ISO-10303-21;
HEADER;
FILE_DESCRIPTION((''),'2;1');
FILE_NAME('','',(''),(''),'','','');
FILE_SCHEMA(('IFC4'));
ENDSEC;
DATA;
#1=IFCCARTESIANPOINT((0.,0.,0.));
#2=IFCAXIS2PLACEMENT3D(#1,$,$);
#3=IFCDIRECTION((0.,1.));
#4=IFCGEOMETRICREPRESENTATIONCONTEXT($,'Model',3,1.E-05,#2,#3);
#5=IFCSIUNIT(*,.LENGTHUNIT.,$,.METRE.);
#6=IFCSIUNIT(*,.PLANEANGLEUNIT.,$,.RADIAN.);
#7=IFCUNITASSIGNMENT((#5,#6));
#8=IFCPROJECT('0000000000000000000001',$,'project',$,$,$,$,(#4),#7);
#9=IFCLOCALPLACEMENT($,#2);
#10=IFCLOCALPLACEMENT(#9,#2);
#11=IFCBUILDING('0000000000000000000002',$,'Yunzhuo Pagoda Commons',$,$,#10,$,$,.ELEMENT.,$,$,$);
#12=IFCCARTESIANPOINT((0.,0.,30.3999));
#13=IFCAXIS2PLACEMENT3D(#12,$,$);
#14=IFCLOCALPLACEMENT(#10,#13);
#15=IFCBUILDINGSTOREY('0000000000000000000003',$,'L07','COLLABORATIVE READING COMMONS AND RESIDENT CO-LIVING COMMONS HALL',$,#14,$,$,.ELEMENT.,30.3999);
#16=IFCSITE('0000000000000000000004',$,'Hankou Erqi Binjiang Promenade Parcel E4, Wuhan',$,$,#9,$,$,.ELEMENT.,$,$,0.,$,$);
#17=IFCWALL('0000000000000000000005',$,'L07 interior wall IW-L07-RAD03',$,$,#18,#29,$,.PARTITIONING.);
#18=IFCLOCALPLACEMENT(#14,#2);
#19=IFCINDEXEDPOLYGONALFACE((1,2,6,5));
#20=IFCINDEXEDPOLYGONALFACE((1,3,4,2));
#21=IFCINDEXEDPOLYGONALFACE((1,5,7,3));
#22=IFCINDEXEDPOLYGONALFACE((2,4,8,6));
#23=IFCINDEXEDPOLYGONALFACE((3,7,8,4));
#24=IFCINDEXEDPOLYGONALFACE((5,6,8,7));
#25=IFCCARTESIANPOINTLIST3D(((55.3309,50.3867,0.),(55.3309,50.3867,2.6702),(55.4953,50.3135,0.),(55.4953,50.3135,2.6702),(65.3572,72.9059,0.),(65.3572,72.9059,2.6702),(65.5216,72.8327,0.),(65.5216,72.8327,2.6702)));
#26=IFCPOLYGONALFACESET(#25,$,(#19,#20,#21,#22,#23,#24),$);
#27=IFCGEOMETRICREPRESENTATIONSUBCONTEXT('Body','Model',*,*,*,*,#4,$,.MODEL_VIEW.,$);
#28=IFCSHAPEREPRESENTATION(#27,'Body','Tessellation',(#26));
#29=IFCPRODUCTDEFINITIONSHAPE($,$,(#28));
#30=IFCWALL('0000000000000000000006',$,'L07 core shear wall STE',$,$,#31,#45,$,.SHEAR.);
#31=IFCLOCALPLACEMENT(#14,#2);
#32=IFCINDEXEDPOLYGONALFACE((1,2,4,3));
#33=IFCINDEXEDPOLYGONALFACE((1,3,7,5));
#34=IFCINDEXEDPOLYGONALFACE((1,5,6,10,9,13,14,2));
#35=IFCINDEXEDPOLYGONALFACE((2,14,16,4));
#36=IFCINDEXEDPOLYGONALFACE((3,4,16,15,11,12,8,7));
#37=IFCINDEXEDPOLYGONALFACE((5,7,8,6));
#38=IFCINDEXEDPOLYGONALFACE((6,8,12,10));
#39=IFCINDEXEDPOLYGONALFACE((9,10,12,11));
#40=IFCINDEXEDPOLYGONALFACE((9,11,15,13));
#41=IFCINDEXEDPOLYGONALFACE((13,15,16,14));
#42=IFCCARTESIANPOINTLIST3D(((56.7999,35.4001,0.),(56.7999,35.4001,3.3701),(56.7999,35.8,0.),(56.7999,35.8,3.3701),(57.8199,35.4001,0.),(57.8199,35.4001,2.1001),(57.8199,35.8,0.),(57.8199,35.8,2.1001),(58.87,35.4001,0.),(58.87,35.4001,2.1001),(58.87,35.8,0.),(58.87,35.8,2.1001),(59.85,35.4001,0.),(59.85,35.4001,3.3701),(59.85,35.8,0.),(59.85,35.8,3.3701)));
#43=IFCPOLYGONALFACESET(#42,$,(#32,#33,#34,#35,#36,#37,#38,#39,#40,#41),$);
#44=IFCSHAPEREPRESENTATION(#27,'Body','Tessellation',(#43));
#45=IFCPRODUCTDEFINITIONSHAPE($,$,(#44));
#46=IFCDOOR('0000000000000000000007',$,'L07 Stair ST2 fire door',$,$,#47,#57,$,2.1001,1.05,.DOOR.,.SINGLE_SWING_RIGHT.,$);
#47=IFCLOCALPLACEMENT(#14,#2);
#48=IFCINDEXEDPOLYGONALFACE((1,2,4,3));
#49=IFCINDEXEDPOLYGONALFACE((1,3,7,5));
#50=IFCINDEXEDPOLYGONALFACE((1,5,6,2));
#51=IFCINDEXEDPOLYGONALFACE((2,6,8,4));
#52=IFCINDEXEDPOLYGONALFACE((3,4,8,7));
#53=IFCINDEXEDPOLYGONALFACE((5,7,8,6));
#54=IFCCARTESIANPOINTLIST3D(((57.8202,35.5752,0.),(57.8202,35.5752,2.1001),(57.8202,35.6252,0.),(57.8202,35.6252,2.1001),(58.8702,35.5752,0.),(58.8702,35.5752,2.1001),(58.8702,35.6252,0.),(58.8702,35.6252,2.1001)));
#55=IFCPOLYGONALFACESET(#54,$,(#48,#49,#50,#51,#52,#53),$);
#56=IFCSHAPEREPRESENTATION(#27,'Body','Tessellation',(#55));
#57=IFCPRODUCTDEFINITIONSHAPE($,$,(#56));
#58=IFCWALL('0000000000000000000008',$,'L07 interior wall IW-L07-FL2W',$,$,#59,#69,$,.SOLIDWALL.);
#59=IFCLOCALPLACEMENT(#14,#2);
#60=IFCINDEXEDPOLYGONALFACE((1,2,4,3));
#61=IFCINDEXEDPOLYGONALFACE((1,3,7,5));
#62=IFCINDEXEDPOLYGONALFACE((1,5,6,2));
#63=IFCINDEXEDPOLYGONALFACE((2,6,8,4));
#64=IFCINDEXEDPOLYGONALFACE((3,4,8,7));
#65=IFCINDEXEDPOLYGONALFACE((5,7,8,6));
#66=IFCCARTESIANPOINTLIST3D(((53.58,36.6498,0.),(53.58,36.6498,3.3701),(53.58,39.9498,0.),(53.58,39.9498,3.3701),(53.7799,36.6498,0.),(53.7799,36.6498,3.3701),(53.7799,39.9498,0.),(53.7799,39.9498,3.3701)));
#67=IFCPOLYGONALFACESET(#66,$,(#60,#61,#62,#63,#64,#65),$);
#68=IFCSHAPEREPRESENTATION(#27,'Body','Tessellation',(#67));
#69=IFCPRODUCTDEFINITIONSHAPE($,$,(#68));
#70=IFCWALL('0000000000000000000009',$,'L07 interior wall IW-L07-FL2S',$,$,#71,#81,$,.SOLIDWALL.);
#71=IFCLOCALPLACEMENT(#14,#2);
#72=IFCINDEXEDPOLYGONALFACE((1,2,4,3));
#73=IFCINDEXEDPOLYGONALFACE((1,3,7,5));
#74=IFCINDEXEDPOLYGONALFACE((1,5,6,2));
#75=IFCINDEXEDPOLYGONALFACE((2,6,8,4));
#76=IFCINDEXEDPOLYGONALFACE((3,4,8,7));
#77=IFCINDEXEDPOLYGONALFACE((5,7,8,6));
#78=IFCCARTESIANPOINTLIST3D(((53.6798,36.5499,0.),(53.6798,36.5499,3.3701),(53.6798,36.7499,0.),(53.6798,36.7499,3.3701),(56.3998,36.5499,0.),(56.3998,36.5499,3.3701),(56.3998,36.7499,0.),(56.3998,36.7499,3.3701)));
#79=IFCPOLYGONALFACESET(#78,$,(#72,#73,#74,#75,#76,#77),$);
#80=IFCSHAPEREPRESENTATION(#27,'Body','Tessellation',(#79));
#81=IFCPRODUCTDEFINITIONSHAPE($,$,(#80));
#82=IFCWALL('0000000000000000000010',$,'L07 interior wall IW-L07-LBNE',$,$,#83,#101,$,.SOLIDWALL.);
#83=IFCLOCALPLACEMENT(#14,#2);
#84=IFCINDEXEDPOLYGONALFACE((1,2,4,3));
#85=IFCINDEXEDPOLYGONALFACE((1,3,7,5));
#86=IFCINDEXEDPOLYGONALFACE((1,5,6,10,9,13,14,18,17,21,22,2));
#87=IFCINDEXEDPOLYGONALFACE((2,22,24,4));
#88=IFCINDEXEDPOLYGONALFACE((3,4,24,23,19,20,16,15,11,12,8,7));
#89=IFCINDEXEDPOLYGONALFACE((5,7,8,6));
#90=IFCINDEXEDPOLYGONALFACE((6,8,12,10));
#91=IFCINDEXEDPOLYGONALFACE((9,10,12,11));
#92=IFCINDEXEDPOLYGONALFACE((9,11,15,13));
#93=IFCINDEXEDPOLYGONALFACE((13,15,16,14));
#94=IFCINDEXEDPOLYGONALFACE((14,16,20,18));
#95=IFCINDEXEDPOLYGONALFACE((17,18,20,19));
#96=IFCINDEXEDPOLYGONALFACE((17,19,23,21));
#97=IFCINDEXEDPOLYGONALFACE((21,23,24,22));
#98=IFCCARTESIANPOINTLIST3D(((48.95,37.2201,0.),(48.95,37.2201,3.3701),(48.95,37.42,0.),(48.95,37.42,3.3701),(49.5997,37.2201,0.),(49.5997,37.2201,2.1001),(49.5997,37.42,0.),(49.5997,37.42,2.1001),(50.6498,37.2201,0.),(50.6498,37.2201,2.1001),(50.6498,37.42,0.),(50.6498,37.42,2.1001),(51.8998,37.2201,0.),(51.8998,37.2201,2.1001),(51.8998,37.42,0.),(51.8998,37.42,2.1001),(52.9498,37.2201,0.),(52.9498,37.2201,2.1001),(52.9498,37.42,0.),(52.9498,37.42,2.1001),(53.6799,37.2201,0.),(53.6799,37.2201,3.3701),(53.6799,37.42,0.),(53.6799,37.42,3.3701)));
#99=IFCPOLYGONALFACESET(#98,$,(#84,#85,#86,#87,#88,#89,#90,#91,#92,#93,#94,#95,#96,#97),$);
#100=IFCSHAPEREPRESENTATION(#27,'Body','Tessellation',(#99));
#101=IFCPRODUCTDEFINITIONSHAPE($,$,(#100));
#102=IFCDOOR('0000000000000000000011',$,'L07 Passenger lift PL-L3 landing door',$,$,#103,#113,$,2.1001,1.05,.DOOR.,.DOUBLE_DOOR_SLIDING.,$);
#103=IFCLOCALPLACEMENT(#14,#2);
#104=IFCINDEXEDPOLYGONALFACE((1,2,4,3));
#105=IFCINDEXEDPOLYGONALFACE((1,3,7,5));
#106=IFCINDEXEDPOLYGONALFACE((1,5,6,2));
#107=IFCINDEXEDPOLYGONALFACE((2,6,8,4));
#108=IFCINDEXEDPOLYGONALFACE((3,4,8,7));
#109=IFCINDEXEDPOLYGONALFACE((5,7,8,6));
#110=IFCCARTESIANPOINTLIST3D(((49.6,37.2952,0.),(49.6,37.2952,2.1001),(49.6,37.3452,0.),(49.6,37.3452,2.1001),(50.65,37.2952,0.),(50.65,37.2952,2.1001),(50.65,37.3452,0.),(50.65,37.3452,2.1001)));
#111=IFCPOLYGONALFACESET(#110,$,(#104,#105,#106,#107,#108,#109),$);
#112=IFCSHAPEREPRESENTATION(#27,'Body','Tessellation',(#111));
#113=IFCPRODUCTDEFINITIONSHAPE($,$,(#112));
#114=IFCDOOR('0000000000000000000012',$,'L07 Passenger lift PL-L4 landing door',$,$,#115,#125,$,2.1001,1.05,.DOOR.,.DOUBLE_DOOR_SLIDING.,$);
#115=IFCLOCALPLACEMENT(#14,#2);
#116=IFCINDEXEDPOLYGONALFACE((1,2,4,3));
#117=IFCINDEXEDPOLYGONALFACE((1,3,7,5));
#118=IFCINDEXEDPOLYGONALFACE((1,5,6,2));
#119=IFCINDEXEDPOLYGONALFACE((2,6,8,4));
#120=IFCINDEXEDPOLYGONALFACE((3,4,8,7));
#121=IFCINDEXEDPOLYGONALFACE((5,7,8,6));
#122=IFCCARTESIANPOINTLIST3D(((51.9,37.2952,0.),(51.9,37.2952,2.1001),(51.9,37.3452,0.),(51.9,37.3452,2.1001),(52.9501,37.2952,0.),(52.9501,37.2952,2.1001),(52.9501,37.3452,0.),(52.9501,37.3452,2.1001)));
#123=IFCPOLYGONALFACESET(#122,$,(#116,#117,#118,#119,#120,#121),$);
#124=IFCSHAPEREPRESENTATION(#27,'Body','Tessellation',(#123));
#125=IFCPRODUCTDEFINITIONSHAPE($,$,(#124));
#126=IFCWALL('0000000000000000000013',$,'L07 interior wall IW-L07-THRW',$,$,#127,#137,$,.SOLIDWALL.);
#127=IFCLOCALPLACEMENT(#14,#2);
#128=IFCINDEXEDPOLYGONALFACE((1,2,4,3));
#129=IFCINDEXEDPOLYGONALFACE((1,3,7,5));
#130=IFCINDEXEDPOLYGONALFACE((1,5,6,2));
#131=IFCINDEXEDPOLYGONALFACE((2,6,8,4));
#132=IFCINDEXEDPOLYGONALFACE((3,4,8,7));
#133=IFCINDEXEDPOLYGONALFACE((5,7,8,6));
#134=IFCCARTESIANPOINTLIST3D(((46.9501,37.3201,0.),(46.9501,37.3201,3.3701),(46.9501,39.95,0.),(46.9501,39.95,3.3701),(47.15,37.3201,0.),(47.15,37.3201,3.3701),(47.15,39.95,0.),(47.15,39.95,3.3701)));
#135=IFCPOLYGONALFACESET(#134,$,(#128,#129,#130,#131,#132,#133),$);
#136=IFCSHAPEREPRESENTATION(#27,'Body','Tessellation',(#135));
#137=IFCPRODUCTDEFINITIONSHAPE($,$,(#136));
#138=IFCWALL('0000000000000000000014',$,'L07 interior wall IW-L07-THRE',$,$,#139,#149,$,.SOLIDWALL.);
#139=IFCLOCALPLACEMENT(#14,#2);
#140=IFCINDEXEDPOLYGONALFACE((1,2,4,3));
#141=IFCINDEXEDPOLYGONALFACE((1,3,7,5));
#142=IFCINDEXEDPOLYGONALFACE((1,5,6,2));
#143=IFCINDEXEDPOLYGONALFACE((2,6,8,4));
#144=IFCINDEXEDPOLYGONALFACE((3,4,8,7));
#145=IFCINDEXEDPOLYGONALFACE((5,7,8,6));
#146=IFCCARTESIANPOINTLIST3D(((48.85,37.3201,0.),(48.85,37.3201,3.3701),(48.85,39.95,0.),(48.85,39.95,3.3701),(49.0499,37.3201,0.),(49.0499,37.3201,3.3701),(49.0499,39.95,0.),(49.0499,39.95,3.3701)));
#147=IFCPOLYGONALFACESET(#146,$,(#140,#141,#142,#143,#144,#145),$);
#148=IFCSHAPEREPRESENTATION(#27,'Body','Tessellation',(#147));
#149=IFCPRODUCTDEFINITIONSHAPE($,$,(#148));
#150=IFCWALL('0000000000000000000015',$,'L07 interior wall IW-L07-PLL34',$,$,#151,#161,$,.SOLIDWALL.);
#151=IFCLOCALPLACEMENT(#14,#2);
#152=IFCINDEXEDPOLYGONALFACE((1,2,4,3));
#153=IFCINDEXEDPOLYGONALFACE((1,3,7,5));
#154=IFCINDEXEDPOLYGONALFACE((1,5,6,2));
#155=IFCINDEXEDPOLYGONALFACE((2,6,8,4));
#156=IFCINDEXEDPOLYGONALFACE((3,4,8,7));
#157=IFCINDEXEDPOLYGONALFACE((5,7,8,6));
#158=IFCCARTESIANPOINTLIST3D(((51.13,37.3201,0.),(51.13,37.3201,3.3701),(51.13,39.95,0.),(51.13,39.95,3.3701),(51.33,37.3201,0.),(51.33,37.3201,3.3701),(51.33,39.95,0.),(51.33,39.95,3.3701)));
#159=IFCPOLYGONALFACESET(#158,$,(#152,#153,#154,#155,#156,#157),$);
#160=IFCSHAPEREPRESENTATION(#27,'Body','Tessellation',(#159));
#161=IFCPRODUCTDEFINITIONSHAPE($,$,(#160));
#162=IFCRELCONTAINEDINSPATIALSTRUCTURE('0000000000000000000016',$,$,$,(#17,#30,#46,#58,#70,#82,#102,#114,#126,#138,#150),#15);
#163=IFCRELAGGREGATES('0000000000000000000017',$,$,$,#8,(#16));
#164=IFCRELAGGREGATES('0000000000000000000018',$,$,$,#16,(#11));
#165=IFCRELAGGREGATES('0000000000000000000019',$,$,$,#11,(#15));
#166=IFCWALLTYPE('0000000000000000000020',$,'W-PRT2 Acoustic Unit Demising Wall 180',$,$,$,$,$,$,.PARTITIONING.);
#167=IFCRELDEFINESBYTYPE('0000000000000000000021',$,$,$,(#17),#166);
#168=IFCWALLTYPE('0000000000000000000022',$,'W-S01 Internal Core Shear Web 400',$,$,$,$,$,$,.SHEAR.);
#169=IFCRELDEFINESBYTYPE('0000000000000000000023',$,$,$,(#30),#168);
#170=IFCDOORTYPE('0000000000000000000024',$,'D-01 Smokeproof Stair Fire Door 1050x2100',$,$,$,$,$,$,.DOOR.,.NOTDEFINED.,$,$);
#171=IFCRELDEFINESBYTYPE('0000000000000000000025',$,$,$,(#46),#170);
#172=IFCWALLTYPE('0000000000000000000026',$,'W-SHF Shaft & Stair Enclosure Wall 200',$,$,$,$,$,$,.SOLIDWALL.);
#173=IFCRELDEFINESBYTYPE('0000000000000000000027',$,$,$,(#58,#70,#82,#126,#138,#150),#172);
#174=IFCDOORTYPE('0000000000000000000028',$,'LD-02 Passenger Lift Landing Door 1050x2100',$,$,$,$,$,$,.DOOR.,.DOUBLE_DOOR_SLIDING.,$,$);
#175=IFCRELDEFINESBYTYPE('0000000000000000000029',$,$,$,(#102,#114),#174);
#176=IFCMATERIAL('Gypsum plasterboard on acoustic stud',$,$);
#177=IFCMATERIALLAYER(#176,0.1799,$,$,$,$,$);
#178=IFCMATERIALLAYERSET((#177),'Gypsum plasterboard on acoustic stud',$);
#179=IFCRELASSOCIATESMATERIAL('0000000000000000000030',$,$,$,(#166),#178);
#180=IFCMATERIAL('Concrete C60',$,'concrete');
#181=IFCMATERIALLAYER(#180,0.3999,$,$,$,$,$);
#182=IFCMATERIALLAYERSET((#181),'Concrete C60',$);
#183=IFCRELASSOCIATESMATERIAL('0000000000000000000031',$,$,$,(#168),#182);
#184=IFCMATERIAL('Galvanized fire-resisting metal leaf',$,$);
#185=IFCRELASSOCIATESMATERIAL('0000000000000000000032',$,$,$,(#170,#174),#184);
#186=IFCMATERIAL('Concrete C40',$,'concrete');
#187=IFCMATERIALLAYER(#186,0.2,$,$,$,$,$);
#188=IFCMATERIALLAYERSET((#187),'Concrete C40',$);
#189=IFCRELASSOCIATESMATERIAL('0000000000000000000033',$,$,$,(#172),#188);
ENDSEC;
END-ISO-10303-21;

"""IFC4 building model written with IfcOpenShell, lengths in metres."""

from ifc_helpers import new_model, si_unit, direction, frame, frame_2d, origin, place, context, subcontext, project, spatial, rectangle, extrude, source, transform, mapped, material, layer, layer_set, type_object, element, fill, save


model = new_model("IFC4")

# Units and contexts
model_context = context("Model", 3, precision=1e-05, world=origin(), true_north=direction((0.0, 1.0)))
body_context = subcontext(model_context, "Body", "Model", "MODEL_VIEW")
ifc_project = project(units=[si_unit("LENGTHUNIT", "METRE"), si_unit("PLANEANGLEUNIT", "RADIAN")], contexts=[model_context])

# Site, building, storey
site_placement = place(None, origin())
site = spatial("IfcSite", under=ifc_project, at=site_placement, Name="Hankou Erqi Binjiang Promenade Parcel E4, Wuhan", CompositionType="ELEMENT", RefElevation=0.0)
building_placement = place(site_placement, origin())
building = spatial("IfcBuilding", under=site, at=building_placement, Name="Yunzhuo Pagoda Commons", CompositionType="ELEMENT")
storey_placement = place(building_placement, frame((0.0, 0.0, 30.3999)))
storey = spatial("IfcBuildingStorey", under=building, at=storey_placement, Name="L07", Description="COLLABORATIVE READING COMMONS AND RESIDENT CO-LIVING COMMONS HALL", CompositionType="ELEMENT", Elevation=30.3999)

# Shared definitions
ifc_material_1 = material(Name="Concrete C60", Category="concrete")
ifc_material_2 = material(Name="Galvanized fire-resisting metal leaf")
shared_shape_1 = source(origin(), body_context, "Body", "SweptSolid", [
    extrude(rectangle(XDim=1.05, YDim=2.1001, at=frame_2d((0.5249, 1.05))), frame((0.0, 0.0249, 0.0), z_axis=(0.0, -1.0, 0.0), x_axis=(1.0, 0.0, 0.0)), (0.0, 0.0, 1.0), 0.05),
])

# Shared definitions
ifc_material_3 = material(Name="Gypsum plasterboard on acoustic stud")

# Wall
ifc_layer_1 = layer(ifc_material_3, 0.1799)
ifc_layer_set_1 = layer_set([ifc_layer_1], Name="Gypsum plasterboard on acoustic stud")
wall_type_1 = type_object("IfcWallType", Name="W-PRT2 Acoustic Unit Demising Wall 180", PredefinedType="PARTITIONING", material=ifc_layer_set_1)
wall_1_placement = place(storey_placement, frame((55.4131, 50.3501, 0.0), z_axis=(0.0, 0.0, 1.0), x_axis=(0.406741, 0.913543, 0.0)))
element("IfcWall", 1, at=wall_1_placement, inside=storey, type_object=wall_type_1, Name="L07 interior wall IW-L07-RAD03", PredefinedType="PARTITIONING", context=body_context, shape_type="SweptSolid", body=[
    extrude(rectangle(XDim=24.6504, YDim=0.1799, at=frame_2d((12.3252, 0.0))), origin(), (0.0, 0.0, 1.0), 2.6702),
])

# Wall, opening, door
ifc_layer_2 = layer(ifc_material_1, 0.3999)
ifc_layer_set_2 = layer_set([ifc_layer_2], Name="Concrete C60")
wall_type_2 = type_object("IfcWallType", Name="W-S01 Internal Core Shear Web 400", PredefinedType="SHEAR", material=ifc_layer_set_2)
wall_2_placement = place(storey_placement, frame((56.8, 35.6001, 0.0), z_axis=(0.0, 0.0, 1.0), x_axis=(1.0, 0.0, 0.0)))
wall_2 = element("IfcWall", 2, at=wall_2_placement, inside=storey, type_object=wall_type_2, Name="L07 core shear wall STE", PredefinedType="SHEAR", context=body_context, shape_type="SweptSolid", body=[
    extrude(rectangle(XDim=3.05, YDim=0.3999, at=frame_2d((1.5249, 0.0))), origin(), (0.0, 0.0, 1.0), 3.3701),
])
opening_1_placement = place(wall_2_placement, frame((1.02, 0.0, 0.0)))
opening_1 = element("IfcOpeningElement", 3, at=opening_1_placement, cuts=wall_2, PredefinedType="OPENING", context=body_context, shape_type="SweptSolid", body=[
    extrude(rectangle(XDim=1.05, YDim=2.1001, at=frame_2d((0.5249, 1.05))), frame((0.0, 0.21, 0.0), z_axis=(0.0, -1.0, 0.0), x_axis=(1.0, 0.0, 0.0)), (0.0, 0.0, 1.0), 0.4199),
])
door_type_1 = type_object("IfcDoorType", Name="D-01 Smokeproof Stair Fire Door 1050x2100", OperationType="NOTDEFINED", PredefinedType="DOOR", material=ifc_material_2)
door_1_placement = place(opening_1_placement, frame((1.05, 0.0, 0.0), z_axis=(0.0, 0.0, 1.0), x_axis=(-1.0, 0.0, 0.0)))
door_1 = element("IfcDoor", 4, at=door_1_placement, inside=storey, type_object=door_type_1, Name="L07 Stair ST2 fire door", OperationType="SINGLE_SWING_RIGHT", OverallHeight=2.1001, OverallWidth=1.05, PredefinedType="DOOR", context=body_context, shape_type="MappedRepresentation", body=[
    mapped(shared_shape_1, transform((0.0, 0.0, 0.0), scale=1.0)),
])
fill(opening_1, door_1)

# Walls
ifc_material_4 = material(Name="Concrete C40", Category="concrete")
ifc_layer_3 = layer(ifc_material_4, 0.2)
ifc_layer_set_3 = layer_set([ifc_layer_3], Name="Concrete C40")
wall_type_3 = type_object("IfcWallType", Name="W-SHF Shaft & Stair Enclosure Wall 200", PredefinedType="SOLIDWALL", material=ifc_layer_set_3)
wall_3_placement = place(storey_placement, frame((53.6799, 36.6499, 0.0), z_axis=(0.0, 0.0, 1.0), x_axis=(0.0, 1.0, 0.0)))
element("IfcWall", 5, at=wall_3_placement, inside=storey, type_object=wall_type_3, Name="L07 interior wall IW-L07-FL2W", PredefinedType="SOLIDWALL", context=body_context, shape_type="SweptSolid", body=[
    extrude(rectangle(XDim=3.3, YDim=0.2, at=frame_2d((1.6499, 0.0))), origin(), (0.0, 0.0, 1.0), 3.3701),
])
wall_4_placement = place(storey_placement, frame((53.6799, 36.6499, 0.0), z_axis=(0.0, 0.0, 1.0), x_axis=(1.0, 0.0, 0.0)))
element("IfcWall", 6, at=wall_4_placement, inside=storey, type_object=wall_type_3, Name="L07 interior wall IW-L07-FL2S", PredefinedType="SOLIDWALL", context=body_context, shape_type="SweptSolid", body=[
    extrude(rectangle(XDim=2.72, YDim=0.2, at=frame_2d((1.3599, 0.0))), origin(), (0.0, 0.0, 1.0), 3.3701),
])

# Wall, openings, doors
wall_5_placement = place(storey_placement, frame((48.95, 37.3201, 0.0), z_axis=(0.0, 0.0, 1.0), x_axis=(1.0, 0.0, 0.0)))
wall_5 = element("IfcWall", 7, at=wall_5_placement, inside=storey, type_object=wall_type_3, Name="L07 interior wall IW-L07-LBNE", PredefinedType="SOLIDWALL", context=body_context, shape_type="SweptSolid", body=[
    extrude(rectangle(XDim=4.73, YDim=0.2, at=frame_2d((2.365, 0.0))), origin(), (0.0, 0.0, 1.0), 3.3701),
])
opening_2_placement = place(wall_5_placement, frame((0.6499, 0.0, 0.0)))
opening_2 = element("IfcOpeningElement", 8, at=opening_2_placement, cuts=wall_5, PredefinedType="OPENING", context=body_context, shape_type="SweptSolid", body=[
    extrude(rectangle(XDim=1.05, YDim=2.1001, at=frame_2d((0.5249, 1.05))), frame((0.0, 0.1099, 0.0), z_axis=(0.0, -1.0, 0.0), x_axis=(1.0, 0.0, 0.0)), (0.0, 0.0, 1.0), 0.22),
])
opening_3_placement = place(wall_5_placement, frame((2.95, 0.0, 0.0)))
opening_3 = element("IfcOpeningElement", 9, at=opening_3_placement, cuts=wall_5, PredefinedType="OPENING", context=body_context, shape_type="SweptSolid", body=[
    extrude(rectangle(XDim=1.05, YDim=2.1001, at=frame_2d((0.5249, 1.05))), frame((0.0, 0.1099, 0.0), z_axis=(0.0, -1.0, 0.0), x_axis=(1.0, 0.0, 0.0)), (0.0, 0.0, 1.0), 0.22),
])
door_type_2 = type_object("IfcDoorType", Name="LD-02 Passenger Lift Landing Door 1050x2100", OperationType="DOUBLE_DOOR_SLIDING", PredefinedType="DOOR", material=ifc_material_2)
door_2_placement = place(opening_2_placement, frame((1.05, 0.0, 0.0), z_axis=(0.0, 0.0, 1.0), x_axis=(-1.0, 0.0, 0.0)))
door_2 = element("IfcDoor", 10, at=door_2_placement, inside=storey, type_object=door_type_2, Name="L07 Passenger lift PL-L3 landing door", OperationType="DOUBLE_DOOR_SLIDING", OverallHeight=2.1001, OverallWidth=1.05, PredefinedType="DOOR", context=body_context, shape_type="MappedRepresentation", body=[
    mapped(shared_shape_1, transform((0.0, 0.0, 0.0), scale=1.0)),
])
fill(opening_2, door_2)
door_3_placement = place(opening_3_placement, frame((1.05, 0.0, 0.0), z_axis=(0.0, 0.0, 1.0), x_axis=(-1.0, 0.0, 0.0)))
door_3 = element("IfcDoor", 11, at=door_3_placement, inside=storey, type_object=door_type_2, Name="L07 Passenger lift PL-L4 landing door", OperationType="DOUBLE_DOOR_SLIDING", OverallHeight=2.1001, OverallWidth=1.05, PredefinedType="DOOR", context=body_context, shape_type="MappedRepresentation", body=[
    mapped(shared_shape_1, transform((0.0, 0.0, 0.0), scale=1.0)),
])
fill(opening_3, door_3)

# Walls
for number, where, z_axis, x_axis, name in (
    (12, (47.05, 37.3201, 0.0), (0.0, 0.0, 1.0), (0.0, 1.0, 0.0), "L07 interior wall IW-L07-THRW"),
    (13, (48.95, 37.3201, 0.0), (0.0, 0.0, 1.0), (0.0, 1.0, 0.0), "L07 interior wall IW-L07-THRE"),
    (14, (51.23, 37.3201, 0.0), (0.0, 0.0, 1.0), (0.0, 1.0, 0.0), "L07 interior wall IW-L07-PLL34"),
):
    element("IfcWall", number, at=place(storey_placement, frame(where, z_axis=z_axis, x_axis=x_axis)), inside=storey, type_object=wall_type_3, Name=name, PredefinedType="SOLIDWALL", context=body_context, shape_type="SweptSolid", body=[
        extrude(rectangle(XDim=2.6299, YDim=0.2, at=frame_2d((1.3149, 0.0))), origin(), (0.0, 0.0, 1.0), 3.3701),
    ])

save(model, "model.ifc")
